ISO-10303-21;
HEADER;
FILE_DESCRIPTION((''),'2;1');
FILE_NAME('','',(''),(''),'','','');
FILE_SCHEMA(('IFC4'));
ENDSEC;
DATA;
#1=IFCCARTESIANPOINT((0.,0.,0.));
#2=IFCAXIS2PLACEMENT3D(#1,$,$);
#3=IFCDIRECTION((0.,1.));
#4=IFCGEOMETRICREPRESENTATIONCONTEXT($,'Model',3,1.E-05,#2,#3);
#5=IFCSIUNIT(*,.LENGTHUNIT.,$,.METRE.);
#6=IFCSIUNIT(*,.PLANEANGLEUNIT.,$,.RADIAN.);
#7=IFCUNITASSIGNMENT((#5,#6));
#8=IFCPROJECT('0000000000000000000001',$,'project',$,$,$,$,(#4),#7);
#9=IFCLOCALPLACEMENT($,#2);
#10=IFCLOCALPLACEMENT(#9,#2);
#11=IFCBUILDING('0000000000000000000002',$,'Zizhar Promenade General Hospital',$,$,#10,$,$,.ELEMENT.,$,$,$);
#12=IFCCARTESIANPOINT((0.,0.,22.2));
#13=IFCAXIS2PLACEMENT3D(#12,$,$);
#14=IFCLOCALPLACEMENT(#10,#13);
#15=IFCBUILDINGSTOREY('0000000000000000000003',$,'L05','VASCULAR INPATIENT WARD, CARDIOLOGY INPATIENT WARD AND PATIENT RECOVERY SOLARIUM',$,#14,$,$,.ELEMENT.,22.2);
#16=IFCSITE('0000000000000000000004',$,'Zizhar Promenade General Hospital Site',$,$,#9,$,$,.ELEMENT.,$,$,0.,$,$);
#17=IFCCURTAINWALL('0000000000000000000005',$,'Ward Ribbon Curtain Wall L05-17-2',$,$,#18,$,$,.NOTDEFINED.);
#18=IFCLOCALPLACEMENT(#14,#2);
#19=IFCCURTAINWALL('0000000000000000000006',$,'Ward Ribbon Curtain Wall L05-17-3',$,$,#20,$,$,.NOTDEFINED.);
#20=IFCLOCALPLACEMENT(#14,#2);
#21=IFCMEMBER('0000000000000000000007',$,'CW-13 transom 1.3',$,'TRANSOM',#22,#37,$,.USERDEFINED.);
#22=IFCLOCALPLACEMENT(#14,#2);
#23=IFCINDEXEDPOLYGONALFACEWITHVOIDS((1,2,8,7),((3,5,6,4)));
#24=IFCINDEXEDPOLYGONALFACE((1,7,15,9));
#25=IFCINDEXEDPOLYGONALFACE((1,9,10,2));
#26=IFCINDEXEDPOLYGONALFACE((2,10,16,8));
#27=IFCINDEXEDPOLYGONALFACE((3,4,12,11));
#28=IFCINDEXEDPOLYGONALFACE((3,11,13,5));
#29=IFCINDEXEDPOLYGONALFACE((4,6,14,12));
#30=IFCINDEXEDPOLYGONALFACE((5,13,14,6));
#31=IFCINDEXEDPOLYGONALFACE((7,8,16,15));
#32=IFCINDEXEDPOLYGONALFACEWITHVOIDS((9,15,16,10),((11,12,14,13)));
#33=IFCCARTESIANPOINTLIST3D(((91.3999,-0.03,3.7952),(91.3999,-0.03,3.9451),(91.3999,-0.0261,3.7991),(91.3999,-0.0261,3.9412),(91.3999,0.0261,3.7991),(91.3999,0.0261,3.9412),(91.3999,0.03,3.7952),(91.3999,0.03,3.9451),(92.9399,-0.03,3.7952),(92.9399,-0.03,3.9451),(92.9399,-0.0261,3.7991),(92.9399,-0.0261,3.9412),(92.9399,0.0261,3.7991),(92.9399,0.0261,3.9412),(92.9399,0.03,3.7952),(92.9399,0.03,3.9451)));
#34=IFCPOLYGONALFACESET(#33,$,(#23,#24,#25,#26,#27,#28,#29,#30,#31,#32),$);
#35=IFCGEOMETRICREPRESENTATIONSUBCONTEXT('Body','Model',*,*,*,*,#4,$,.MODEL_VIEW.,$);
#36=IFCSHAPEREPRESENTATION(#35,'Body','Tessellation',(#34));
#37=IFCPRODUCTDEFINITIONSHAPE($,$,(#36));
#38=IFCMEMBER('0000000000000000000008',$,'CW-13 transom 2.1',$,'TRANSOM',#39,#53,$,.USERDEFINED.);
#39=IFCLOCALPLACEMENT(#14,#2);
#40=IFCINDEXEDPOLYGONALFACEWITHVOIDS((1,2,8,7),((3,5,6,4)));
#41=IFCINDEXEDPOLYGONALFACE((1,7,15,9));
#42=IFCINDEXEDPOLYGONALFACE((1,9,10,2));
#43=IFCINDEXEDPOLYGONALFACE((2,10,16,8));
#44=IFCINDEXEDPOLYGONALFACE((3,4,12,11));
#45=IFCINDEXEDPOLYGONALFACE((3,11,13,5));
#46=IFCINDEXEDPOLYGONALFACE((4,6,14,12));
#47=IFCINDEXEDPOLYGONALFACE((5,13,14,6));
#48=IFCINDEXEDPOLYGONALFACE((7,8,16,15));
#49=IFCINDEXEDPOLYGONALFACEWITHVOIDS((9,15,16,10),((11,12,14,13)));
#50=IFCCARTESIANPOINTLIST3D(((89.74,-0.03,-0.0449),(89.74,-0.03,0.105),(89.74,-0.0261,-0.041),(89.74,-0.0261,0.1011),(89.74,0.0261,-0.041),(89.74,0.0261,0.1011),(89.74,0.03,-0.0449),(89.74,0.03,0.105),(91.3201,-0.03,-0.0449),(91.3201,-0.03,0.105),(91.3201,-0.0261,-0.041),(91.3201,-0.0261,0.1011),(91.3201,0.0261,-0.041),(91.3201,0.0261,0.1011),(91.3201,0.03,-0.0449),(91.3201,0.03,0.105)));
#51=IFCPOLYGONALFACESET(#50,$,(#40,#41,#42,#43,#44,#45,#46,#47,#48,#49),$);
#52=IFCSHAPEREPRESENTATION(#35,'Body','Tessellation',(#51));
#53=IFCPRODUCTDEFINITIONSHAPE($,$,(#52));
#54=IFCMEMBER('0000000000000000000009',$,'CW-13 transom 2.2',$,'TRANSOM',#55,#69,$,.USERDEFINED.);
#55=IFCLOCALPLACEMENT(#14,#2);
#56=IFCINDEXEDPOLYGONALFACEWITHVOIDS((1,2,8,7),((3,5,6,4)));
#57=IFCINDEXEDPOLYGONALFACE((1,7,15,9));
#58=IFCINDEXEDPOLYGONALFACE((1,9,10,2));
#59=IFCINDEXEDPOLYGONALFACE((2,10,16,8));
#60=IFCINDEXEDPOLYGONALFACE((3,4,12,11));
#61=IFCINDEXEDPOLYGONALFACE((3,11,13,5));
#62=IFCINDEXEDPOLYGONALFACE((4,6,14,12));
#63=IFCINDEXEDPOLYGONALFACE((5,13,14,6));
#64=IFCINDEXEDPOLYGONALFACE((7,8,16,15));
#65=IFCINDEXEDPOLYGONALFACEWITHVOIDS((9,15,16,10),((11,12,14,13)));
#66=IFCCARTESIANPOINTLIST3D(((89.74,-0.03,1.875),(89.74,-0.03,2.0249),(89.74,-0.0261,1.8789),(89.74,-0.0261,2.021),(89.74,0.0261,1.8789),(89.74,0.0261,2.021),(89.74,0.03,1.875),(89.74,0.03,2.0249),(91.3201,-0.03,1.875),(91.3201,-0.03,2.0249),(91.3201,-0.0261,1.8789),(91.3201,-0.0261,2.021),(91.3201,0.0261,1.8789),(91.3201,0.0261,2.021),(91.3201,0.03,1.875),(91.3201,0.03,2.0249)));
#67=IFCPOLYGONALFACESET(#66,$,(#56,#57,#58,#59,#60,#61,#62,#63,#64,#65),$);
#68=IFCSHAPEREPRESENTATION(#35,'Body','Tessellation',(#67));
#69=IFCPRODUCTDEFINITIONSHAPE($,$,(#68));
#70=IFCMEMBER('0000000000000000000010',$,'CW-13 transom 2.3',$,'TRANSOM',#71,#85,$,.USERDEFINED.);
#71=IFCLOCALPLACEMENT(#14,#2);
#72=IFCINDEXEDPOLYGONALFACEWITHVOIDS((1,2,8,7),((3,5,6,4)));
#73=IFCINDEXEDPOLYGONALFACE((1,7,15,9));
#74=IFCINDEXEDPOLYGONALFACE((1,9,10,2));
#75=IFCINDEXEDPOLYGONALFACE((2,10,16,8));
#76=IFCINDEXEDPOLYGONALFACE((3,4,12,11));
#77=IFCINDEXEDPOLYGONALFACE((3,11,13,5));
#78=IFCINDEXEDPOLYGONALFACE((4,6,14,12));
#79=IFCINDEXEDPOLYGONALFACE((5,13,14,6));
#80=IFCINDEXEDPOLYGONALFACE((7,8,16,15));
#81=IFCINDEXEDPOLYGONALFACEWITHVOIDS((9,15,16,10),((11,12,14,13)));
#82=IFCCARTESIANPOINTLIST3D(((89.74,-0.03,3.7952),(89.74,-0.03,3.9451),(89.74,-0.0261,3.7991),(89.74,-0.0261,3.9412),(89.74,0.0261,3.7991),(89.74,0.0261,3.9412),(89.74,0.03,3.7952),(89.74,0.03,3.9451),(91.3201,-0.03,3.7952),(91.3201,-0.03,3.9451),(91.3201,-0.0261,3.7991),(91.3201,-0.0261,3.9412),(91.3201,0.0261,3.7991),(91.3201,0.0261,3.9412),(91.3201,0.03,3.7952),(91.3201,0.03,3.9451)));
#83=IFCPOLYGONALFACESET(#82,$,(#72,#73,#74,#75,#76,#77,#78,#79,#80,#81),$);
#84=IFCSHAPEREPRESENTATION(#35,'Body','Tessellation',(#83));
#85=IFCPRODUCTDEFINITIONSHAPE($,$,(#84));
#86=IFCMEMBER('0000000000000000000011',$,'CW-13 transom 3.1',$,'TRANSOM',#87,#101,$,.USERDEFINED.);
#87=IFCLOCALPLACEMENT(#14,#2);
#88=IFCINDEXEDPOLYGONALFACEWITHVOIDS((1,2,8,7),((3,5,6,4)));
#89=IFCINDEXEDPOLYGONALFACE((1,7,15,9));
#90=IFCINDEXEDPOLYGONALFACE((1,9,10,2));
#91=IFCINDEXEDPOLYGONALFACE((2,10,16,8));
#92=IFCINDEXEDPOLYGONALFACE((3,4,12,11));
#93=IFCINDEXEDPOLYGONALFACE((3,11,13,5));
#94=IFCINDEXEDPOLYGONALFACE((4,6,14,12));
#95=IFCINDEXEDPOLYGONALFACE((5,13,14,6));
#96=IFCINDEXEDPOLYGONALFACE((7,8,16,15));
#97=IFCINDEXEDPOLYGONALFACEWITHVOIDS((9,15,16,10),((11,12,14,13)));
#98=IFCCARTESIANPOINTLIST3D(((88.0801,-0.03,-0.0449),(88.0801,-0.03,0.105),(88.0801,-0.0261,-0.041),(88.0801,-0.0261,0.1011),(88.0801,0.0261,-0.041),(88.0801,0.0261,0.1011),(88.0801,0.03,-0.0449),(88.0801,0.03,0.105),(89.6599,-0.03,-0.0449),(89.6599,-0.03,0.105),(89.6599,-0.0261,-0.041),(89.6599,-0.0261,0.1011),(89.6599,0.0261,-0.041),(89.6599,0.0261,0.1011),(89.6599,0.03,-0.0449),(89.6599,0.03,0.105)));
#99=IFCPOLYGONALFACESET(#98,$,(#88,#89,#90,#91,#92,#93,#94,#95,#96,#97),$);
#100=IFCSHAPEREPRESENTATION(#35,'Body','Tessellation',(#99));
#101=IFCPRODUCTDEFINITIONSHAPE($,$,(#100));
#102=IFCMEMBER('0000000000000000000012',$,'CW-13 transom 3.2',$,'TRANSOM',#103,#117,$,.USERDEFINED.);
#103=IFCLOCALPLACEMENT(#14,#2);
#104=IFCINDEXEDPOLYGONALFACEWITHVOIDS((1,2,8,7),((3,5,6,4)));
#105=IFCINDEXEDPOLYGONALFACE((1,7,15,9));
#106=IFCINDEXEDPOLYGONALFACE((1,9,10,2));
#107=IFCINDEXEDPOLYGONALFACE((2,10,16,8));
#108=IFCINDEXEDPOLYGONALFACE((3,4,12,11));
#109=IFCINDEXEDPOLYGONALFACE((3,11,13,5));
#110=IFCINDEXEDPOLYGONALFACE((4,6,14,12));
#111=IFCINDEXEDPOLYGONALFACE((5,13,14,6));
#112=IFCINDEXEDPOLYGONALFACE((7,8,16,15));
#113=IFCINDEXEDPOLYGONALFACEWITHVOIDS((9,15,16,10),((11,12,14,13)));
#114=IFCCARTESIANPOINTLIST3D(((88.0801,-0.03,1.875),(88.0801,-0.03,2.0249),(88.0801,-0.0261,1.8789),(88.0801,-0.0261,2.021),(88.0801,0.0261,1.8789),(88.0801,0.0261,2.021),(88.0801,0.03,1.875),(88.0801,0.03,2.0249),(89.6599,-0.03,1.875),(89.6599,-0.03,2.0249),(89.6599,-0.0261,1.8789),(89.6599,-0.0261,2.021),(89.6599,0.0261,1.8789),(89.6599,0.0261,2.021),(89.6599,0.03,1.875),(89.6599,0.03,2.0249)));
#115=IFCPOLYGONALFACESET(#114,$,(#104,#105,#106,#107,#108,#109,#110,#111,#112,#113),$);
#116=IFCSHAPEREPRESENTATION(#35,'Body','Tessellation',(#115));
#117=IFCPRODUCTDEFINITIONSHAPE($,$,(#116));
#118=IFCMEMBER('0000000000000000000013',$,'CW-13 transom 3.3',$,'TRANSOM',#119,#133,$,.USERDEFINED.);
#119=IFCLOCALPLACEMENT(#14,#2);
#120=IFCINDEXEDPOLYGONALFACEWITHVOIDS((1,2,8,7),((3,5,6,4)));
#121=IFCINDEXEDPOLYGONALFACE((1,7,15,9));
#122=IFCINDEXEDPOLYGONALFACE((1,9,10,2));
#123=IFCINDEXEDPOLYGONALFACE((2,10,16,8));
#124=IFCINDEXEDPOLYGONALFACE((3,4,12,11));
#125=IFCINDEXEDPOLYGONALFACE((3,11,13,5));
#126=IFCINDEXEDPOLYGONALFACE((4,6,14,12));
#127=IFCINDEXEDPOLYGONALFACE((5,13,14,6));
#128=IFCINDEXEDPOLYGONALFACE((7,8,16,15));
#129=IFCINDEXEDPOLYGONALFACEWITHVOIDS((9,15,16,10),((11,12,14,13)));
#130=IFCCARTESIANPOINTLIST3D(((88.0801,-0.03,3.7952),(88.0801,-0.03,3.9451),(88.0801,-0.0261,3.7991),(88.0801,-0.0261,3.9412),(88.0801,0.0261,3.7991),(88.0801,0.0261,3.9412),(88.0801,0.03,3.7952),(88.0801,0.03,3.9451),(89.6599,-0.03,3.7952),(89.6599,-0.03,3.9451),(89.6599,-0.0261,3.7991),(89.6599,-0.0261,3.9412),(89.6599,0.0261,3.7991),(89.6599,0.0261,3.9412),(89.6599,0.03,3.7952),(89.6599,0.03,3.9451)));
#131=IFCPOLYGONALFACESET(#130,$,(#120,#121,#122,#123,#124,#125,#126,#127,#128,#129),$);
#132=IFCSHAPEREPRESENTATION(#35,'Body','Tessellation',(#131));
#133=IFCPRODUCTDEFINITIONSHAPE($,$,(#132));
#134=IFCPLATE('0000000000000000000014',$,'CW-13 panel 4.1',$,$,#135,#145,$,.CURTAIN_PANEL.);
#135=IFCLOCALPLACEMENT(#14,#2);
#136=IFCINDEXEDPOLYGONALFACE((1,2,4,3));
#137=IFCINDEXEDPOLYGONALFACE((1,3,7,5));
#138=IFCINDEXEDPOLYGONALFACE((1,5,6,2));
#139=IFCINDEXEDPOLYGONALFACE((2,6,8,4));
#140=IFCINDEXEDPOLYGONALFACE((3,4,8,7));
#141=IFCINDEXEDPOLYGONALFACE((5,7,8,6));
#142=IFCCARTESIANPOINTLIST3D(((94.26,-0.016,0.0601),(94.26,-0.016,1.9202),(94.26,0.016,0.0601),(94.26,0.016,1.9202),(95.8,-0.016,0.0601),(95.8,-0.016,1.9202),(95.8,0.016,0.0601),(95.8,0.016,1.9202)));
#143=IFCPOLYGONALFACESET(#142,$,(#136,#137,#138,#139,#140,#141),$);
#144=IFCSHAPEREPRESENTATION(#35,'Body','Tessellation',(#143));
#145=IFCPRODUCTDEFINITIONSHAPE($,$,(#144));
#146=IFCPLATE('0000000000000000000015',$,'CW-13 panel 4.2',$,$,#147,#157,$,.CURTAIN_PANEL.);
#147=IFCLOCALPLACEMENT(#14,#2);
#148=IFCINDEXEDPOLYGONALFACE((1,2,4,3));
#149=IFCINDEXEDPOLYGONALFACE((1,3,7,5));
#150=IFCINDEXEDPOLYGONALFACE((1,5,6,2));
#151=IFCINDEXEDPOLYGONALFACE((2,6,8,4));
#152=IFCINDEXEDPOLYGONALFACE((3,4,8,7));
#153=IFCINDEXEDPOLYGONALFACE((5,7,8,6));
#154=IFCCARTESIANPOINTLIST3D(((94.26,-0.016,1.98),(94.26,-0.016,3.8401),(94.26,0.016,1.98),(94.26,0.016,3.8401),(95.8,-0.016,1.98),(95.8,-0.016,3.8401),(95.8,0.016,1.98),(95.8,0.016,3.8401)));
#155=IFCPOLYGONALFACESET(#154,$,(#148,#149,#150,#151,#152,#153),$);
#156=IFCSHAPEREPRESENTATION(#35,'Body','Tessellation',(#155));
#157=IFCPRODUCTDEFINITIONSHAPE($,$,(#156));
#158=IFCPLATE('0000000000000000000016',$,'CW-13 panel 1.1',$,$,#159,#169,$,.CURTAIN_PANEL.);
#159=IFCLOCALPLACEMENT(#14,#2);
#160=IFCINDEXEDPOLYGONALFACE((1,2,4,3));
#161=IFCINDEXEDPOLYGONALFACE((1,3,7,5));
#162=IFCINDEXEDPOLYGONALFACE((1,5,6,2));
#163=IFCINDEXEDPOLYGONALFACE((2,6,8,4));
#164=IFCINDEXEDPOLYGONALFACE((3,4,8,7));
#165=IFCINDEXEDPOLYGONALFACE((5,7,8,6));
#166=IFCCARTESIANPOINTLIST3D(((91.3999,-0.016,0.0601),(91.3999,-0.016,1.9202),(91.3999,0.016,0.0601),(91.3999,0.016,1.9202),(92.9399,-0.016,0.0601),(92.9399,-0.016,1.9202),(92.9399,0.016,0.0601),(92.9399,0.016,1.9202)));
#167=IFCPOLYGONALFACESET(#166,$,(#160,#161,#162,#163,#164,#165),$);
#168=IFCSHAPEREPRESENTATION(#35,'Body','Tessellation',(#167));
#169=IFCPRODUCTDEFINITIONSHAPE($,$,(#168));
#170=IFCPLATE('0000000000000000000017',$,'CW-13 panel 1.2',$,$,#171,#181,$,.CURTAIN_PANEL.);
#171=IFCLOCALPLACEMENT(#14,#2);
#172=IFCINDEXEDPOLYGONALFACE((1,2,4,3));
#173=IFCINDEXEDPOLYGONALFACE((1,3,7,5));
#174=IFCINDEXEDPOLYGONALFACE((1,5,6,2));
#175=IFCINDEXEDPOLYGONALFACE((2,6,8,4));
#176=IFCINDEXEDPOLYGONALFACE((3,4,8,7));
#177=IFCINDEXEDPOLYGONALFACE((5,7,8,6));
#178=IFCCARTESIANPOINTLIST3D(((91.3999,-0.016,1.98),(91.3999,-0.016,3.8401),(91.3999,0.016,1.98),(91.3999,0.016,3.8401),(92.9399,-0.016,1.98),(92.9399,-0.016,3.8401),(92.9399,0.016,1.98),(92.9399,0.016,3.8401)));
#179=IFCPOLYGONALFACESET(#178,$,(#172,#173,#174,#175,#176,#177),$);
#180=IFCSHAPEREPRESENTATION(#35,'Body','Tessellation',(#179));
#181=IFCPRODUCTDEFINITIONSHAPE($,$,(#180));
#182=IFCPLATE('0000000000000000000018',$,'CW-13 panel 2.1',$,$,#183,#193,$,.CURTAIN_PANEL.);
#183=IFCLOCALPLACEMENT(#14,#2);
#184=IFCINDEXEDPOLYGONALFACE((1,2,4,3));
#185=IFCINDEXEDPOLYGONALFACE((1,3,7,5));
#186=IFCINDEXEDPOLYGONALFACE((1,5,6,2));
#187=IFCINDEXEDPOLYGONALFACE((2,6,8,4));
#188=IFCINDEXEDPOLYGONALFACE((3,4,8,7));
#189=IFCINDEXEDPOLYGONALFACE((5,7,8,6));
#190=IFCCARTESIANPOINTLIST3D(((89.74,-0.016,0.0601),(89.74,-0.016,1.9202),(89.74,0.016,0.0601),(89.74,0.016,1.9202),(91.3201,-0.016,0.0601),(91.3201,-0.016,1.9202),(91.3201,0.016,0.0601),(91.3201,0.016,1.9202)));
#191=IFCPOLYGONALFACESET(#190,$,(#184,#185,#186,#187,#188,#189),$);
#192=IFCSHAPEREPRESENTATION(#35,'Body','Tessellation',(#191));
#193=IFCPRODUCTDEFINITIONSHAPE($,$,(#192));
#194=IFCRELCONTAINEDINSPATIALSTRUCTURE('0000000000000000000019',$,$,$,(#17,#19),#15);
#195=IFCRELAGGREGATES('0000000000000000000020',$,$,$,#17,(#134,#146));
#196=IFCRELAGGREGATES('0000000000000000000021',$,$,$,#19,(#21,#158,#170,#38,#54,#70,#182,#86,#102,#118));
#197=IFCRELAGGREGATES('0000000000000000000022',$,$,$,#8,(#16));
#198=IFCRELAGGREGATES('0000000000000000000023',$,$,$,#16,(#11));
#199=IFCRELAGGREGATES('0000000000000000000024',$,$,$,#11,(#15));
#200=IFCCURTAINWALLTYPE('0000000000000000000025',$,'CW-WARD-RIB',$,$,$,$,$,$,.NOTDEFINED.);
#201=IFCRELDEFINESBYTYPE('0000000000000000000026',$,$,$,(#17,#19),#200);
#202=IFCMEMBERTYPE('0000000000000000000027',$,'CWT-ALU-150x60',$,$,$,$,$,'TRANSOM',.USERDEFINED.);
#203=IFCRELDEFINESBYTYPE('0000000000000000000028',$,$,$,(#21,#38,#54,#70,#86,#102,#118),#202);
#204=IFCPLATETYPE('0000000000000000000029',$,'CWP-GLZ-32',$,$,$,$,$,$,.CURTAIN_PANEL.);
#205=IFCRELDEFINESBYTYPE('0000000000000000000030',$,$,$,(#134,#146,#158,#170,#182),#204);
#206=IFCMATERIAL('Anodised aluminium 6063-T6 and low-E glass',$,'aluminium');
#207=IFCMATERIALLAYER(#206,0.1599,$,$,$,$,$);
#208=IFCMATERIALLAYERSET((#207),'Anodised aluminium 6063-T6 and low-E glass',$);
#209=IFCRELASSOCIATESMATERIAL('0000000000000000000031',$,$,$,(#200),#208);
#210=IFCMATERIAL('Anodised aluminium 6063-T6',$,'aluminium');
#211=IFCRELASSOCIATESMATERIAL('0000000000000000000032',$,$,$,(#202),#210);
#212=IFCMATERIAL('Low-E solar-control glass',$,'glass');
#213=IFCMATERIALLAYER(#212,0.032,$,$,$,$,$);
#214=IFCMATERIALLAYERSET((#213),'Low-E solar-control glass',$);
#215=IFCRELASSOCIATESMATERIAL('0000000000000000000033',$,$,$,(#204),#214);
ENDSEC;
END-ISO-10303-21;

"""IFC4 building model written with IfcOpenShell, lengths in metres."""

from ifc_helpers import new_model, si_unit, direction, frame, origin, origin_2d, place, context, subcontext, project, spatial, rectangle, hollow_rectangle, extrude, material, layer, layer_set, material_profile, profile_set, type_object, element, aggregate, save


model = new_model("IFC4")

# Units and contexts
model_context = context("Model", 3, precision=1e-05, world=origin(), true_north=direction((0.0, 1.0)))
body_context = subcontext(model_context, "Body", "Model", "MODEL_VIEW")
ifc_project = project(units=[si_unit("LENGTHUNIT", "METRE"), si_unit("PLANEANGLEUNIT", "RADIAN")], contexts=[model_context])

# Site, building, storey
site_placement = place(None, origin())
site = spatial("IfcSite", under=ifc_project, at=site_placement, Name="Zizhar Promenade General Hospital Site", CompositionType="ELEMENT", RefElevation=0.0)
building_placement = place(site_placement, origin())
building = spatial("IfcBuilding", under=site, at=building_placement, Name="Zizhar Promenade General Hospital", CompositionType="ELEMENT")
storey_placement = place(building_placement, frame((0.0, 0.0, 22.2)))
storey = spatial("IfcBuildingStorey", under=building, at=storey_placement, Name="L05", Description="VASCULAR INPATIENT WARD, CARDIOLOGY INPATIENT WARD AND PATIENT RECOVERY SOLARIUM", CompositionType="ELEMENT", Elevation=22.2)

# Curtain wall
ifc_material_1 = material(Name="Anodised aluminium 6063-T6 and low-E glass", Category="aluminium")
ifc_layer_1 = layer(ifc_material_1, 0.1599)
ifc_layer_set_1 = layer_set([ifc_layer_1], Name="Anodised aluminium 6063-T6 and low-E glass")
curtain_wall_type = type_object("IfcCurtainWallType", Name="CW-WARD-RIB", PredefinedType="NOTDEFINED", material=ifc_layer_set_1)
curtain_wall_1_placement = place(storey_placement, origin())
curtain_wall_1 = element("IfcCurtainWall", 1, at=curtain_wall_1_placement, inside=storey, type_object=curtain_wall_type, Name="Ward Ribbon Curtain Wall L05-17-2", PredefinedType="NOTDEFINED")

# Curtain wall, members
curtain_wall_2_placement = place(storey_placement, origin())
curtain_wall_2 = element("IfcCurtainWall", 2, at=curtain_wall_2_placement, inside=storey, type_object=curtain_wall_type, Name="Ward Ribbon Curtain Wall L05-17-3", PredefinedType="NOTDEFINED")
ifc_material_2 = material(Name="Anodised aluminium 6063-T6", Category="aluminium")
ifc_material_profile_1 = material_profile(ifc_material_2, hollow_rectangle(XDim=0.0601, YDim=0.1499, WallThickness=0.0039, at=origin_2d()))
ifc_profile_set_1 = profile_set([ifc_material_profile_1], Name="Anodised aluminium 6063-T6")
member_type_1 = type_object("IfcMemberType", Name="CWT-ALU-150x60", ElementType="TRANSOM", PredefinedType="USERDEFINED", material=ifc_profile_set_1)
member_1_placement = place(storey_placement, frame((92.9399, 0.0, 3.8701), z_axis=(-1.0, 0.0, 0.0), x_axis=(0.0, -1.0, 0.0)))
member_1 = element("IfcMember", 3, at=member_1_placement, type_object=member_type_1, Name="CW-13 transom 1.3", ObjectType="TRANSOM", PredefinedType="USERDEFINED", context=body_context, shape_type="SweptSolid", body=[
    extrude(hollow_rectangle(XDim=0.0601, YDim=0.1499, WallThickness=0.0039, at=origin_2d()), origin(), (0.0, 0.0, 1.0), 1.54),
])
member_2_placement = place(storey_placement, frame((91.3201, 0.0, 0.03), z_axis=(-1.0, 0.0, 0.0), x_axis=(0.0, -1.0, 0.0)))
member_2 = element("IfcMember", 4, at=member_2_placement, type_object=member_type_1, Name="CW-13 transom 2.1", ObjectType="TRANSOM", PredefinedType="USERDEFINED", context=body_context, shape_type="SweptSolid", body=[
    extrude(hollow_rectangle(XDim=0.0601, YDim=0.1499, WallThickness=0.0039, at=origin_2d()), origin(), (0.0, 0.0, 1.0), 1.5801),
])
member_3_placement = place(storey_placement, frame((91.3201, 0.0, 1.95), z_axis=(-1.0, 0.0, 0.0), x_axis=(0.0, -1.0, 0.0)))
member_3 = element("IfcMember", 5, at=member_3_placement, type_object=member_type_1, Name="CW-13 transom 2.2", ObjectType="TRANSOM", PredefinedType="USERDEFINED", context=body_context, shape_type="SweptSolid", body=[
    extrude(hollow_rectangle(XDim=0.0601, YDim=0.1499, WallThickness=0.0039, at=origin_2d()), origin(), (0.0, 0.0, 1.0), 1.5801),
])
member_4_placement = place(storey_placement, frame((91.3201, 0.0, 3.8701), z_axis=(-1.0, 0.0, 0.0), x_axis=(0.0, -1.0, 0.0)))
member_4 = element("IfcMember", 6, at=member_4_placement, type_object=member_type_1, Name="CW-13 transom 2.3", ObjectType="TRANSOM", PredefinedType="USERDEFINED", context=body_context, shape_type="SweptSolid", body=[
    extrude(hollow_rectangle(XDim=0.0601, YDim=0.1499, WallThickness=0.0039, at=origin_2d()), origin(), (0.0, 0.0, 1.0), 1.5801),
])
member_5_placement = place(storey_placement, frame((89.6599, 0.0, 0.03), z_axis=(-1.0, 0.0, 0.0), x_axis=(0.0, -1.0, 0.0)))
member_5 = element("IfcMember", 7, at=member_5_placement, type_object=member_type_1, Name="CW-13 transom 3.1", ObjectType="TRANSOM", PredefinedType="USERDEFINED", context=body_context, shape_type="SweptSolid", body=[
    extrude(hollow_rectangle(XDim=0.0601, YDim=0.1499, WallThickness=0.0039, at=origin_2d()), origin(), (0.0, 0.0, 1.0), 1.5798),
])
member_6_placement = place(storey_placement, frame((89.6599, 0.0, 1.95), z_axis=(-1.0, 0.0, 0.0), x_axis=(0.0, -1.0, 0.0)))
member_6 = element("IfcMember", 8, at=member_6_placement, type_object=member_type_1, Name="CW-13 transom 3.2", ObjectType="TRANSOM", PredefinedType="USERDEFINED", context=body_context, shape_type="SweptSolid", body=[
    extrude(hollow_rectangle(XDim=0.0601, YDim=0.1499, WallThickness=0.0039, at=origin_2d()), origin(), (0.0, 0.0, 1.0), 1.5798),
])
member_7_placement = place(storey_placement, frame((89.6599, 0.0, 3.8701), z_axis=(-1.0, 0.0, 0.0), x_axis=(0.0, -1.0, 0.0)))
member_7 = element("IfcMember", 9, at=member_7_placement, type_object=member_type_1, Name="CW-13 transom 3.3", ObjectType="TRANSOM", PredefinedType="USERDEFINED", context=body_context, shape_type="SweptSolid", body=[
    extrude(hollow_rectangle(XDim=0.0601, YDim=0.1499, WallThickness=0.0039, at=origin_2d()), origin(), (0.0, 0.0, 1.0), 1.5798),
])

# Plates
ifc_material_3 = material(Name="Low-E solar-control glass", Category="glass")
ifc_layer_2 = layer(ifc_material_3, 0.032)
ifc_layer_set_2 = layer_set([ifc_layer_2], Name="Low-E solar-control glass")
plate_type = type_object("IfcPlateType", Name="CWP-GLZ-32", PredefinedType="CURTAIN_PANEL", material=ifc_layer_set_2)
plate_1_placement = place(storey_placement, frame((95.03, 0.0, 0.0601), z_axis=(0.0, 0.0, 1.0), x_axis=(-1.0, 0.0, 0.0)))
plate_1 = element("IfcPlate", 10, at=plate_1_placement, type_object=plate_type, Name="CW-13 panel 4.1", PredefinedType="CURTAIN_PANEL", context=body_context, shape_type="SweptSolid", body=[
    extrude(rectangle(XDim=1.54, YDim=0.032, at=origin_2d()), origin(), (0.0, 0.0, 1.0), 1.8601),
])
plate_2_placement = place(storey_placement, frame((95.03, 0.0, 1.98), z_axis=(0.0, 0.0, 1.0), x_axis=(-1.0, 0.0, 0.0)))
plate_2 = element("IfcPlate", 11, at=plate_2_placement, type_object=plate_type, Name="CW-13 panel 4.2", PredefinedType="CURTAIN_PANEL", context=body_context, shape_type="SweptSolid", body=[
    extrude(rectangle(XDim=1.54, YDim=0.032, at=origin_2d()), origin(), (0.0, 0.0, 1.0), 1.8601),
])
aggregate(curtain_wall_1, [plate_1, plate_2])
plate_3_placement = place(storey_placement, frame((92.1699, 0.0, 0.0601), z_axis=(0.0, 0.0, 1.0), x_axis=(-1.0, 0.0, 0.0)))
plate_3 = element("IfcPlate", 12, at=plate_3_placement, type_object=plate_type, Name="CW-13 panel 1.1", PredefinedType="CURTAIN_PANEL", context=body_context, shape_type="SweptSolid", body=[
    extrude(rectangle(XDim=1.54, YDim=0.032, at=origin_2d()), origin(), (0.0, 0.0, 1.0), 1.8601),
])
plate_4_placement = place(storey_placement, frame((92.1699, 0.0, 1.98), z_axis=(0.0, 0.0, 1.0), x_axis=(-1.0, 0.0, 0.0)))
plate_4 = element("IfcPlate", 13, at=plate_4_placement, type_object=plate_type, Name="CW-13 panel 1.2", PredefinedType="CURTAIN_PANEL", context=body_context, shape_type="SweptSolid", body=[
    extrude(rectangle(XDim=1.54, YDim=0.032, at=origin_2d()), origin(), (0.0, 0.0, 1.0), 1.8601),
])
plate_5_placement = place(storey_placement, frame((90.53, 0.0, 0.0601), z_axis=(0.0, 0.0, 1.0), x_axis=(-1.0, 0.0, 0.0)))
plate_5 = element("IfcPlate", 14, at=plate_5_placement, type_object=plate_type, Name="CW-13 panel 2.1", PredefinedType="CURTAIN_PANEL", context=body_context, shape_type="SweptSolid", body=[
    extrude(rectangle(XDim=1.5801, YDim=0.032, at=origin_2d()), origin(), (0.0, 0.0, 1.0), 1.8601),
])
aggregate(curtain_wall_2, [member_1, plate_3, plate_4, member_2, member_3, member_4, plate_5, member_5, member_6, member_7])

save(model, "model.ifc")
